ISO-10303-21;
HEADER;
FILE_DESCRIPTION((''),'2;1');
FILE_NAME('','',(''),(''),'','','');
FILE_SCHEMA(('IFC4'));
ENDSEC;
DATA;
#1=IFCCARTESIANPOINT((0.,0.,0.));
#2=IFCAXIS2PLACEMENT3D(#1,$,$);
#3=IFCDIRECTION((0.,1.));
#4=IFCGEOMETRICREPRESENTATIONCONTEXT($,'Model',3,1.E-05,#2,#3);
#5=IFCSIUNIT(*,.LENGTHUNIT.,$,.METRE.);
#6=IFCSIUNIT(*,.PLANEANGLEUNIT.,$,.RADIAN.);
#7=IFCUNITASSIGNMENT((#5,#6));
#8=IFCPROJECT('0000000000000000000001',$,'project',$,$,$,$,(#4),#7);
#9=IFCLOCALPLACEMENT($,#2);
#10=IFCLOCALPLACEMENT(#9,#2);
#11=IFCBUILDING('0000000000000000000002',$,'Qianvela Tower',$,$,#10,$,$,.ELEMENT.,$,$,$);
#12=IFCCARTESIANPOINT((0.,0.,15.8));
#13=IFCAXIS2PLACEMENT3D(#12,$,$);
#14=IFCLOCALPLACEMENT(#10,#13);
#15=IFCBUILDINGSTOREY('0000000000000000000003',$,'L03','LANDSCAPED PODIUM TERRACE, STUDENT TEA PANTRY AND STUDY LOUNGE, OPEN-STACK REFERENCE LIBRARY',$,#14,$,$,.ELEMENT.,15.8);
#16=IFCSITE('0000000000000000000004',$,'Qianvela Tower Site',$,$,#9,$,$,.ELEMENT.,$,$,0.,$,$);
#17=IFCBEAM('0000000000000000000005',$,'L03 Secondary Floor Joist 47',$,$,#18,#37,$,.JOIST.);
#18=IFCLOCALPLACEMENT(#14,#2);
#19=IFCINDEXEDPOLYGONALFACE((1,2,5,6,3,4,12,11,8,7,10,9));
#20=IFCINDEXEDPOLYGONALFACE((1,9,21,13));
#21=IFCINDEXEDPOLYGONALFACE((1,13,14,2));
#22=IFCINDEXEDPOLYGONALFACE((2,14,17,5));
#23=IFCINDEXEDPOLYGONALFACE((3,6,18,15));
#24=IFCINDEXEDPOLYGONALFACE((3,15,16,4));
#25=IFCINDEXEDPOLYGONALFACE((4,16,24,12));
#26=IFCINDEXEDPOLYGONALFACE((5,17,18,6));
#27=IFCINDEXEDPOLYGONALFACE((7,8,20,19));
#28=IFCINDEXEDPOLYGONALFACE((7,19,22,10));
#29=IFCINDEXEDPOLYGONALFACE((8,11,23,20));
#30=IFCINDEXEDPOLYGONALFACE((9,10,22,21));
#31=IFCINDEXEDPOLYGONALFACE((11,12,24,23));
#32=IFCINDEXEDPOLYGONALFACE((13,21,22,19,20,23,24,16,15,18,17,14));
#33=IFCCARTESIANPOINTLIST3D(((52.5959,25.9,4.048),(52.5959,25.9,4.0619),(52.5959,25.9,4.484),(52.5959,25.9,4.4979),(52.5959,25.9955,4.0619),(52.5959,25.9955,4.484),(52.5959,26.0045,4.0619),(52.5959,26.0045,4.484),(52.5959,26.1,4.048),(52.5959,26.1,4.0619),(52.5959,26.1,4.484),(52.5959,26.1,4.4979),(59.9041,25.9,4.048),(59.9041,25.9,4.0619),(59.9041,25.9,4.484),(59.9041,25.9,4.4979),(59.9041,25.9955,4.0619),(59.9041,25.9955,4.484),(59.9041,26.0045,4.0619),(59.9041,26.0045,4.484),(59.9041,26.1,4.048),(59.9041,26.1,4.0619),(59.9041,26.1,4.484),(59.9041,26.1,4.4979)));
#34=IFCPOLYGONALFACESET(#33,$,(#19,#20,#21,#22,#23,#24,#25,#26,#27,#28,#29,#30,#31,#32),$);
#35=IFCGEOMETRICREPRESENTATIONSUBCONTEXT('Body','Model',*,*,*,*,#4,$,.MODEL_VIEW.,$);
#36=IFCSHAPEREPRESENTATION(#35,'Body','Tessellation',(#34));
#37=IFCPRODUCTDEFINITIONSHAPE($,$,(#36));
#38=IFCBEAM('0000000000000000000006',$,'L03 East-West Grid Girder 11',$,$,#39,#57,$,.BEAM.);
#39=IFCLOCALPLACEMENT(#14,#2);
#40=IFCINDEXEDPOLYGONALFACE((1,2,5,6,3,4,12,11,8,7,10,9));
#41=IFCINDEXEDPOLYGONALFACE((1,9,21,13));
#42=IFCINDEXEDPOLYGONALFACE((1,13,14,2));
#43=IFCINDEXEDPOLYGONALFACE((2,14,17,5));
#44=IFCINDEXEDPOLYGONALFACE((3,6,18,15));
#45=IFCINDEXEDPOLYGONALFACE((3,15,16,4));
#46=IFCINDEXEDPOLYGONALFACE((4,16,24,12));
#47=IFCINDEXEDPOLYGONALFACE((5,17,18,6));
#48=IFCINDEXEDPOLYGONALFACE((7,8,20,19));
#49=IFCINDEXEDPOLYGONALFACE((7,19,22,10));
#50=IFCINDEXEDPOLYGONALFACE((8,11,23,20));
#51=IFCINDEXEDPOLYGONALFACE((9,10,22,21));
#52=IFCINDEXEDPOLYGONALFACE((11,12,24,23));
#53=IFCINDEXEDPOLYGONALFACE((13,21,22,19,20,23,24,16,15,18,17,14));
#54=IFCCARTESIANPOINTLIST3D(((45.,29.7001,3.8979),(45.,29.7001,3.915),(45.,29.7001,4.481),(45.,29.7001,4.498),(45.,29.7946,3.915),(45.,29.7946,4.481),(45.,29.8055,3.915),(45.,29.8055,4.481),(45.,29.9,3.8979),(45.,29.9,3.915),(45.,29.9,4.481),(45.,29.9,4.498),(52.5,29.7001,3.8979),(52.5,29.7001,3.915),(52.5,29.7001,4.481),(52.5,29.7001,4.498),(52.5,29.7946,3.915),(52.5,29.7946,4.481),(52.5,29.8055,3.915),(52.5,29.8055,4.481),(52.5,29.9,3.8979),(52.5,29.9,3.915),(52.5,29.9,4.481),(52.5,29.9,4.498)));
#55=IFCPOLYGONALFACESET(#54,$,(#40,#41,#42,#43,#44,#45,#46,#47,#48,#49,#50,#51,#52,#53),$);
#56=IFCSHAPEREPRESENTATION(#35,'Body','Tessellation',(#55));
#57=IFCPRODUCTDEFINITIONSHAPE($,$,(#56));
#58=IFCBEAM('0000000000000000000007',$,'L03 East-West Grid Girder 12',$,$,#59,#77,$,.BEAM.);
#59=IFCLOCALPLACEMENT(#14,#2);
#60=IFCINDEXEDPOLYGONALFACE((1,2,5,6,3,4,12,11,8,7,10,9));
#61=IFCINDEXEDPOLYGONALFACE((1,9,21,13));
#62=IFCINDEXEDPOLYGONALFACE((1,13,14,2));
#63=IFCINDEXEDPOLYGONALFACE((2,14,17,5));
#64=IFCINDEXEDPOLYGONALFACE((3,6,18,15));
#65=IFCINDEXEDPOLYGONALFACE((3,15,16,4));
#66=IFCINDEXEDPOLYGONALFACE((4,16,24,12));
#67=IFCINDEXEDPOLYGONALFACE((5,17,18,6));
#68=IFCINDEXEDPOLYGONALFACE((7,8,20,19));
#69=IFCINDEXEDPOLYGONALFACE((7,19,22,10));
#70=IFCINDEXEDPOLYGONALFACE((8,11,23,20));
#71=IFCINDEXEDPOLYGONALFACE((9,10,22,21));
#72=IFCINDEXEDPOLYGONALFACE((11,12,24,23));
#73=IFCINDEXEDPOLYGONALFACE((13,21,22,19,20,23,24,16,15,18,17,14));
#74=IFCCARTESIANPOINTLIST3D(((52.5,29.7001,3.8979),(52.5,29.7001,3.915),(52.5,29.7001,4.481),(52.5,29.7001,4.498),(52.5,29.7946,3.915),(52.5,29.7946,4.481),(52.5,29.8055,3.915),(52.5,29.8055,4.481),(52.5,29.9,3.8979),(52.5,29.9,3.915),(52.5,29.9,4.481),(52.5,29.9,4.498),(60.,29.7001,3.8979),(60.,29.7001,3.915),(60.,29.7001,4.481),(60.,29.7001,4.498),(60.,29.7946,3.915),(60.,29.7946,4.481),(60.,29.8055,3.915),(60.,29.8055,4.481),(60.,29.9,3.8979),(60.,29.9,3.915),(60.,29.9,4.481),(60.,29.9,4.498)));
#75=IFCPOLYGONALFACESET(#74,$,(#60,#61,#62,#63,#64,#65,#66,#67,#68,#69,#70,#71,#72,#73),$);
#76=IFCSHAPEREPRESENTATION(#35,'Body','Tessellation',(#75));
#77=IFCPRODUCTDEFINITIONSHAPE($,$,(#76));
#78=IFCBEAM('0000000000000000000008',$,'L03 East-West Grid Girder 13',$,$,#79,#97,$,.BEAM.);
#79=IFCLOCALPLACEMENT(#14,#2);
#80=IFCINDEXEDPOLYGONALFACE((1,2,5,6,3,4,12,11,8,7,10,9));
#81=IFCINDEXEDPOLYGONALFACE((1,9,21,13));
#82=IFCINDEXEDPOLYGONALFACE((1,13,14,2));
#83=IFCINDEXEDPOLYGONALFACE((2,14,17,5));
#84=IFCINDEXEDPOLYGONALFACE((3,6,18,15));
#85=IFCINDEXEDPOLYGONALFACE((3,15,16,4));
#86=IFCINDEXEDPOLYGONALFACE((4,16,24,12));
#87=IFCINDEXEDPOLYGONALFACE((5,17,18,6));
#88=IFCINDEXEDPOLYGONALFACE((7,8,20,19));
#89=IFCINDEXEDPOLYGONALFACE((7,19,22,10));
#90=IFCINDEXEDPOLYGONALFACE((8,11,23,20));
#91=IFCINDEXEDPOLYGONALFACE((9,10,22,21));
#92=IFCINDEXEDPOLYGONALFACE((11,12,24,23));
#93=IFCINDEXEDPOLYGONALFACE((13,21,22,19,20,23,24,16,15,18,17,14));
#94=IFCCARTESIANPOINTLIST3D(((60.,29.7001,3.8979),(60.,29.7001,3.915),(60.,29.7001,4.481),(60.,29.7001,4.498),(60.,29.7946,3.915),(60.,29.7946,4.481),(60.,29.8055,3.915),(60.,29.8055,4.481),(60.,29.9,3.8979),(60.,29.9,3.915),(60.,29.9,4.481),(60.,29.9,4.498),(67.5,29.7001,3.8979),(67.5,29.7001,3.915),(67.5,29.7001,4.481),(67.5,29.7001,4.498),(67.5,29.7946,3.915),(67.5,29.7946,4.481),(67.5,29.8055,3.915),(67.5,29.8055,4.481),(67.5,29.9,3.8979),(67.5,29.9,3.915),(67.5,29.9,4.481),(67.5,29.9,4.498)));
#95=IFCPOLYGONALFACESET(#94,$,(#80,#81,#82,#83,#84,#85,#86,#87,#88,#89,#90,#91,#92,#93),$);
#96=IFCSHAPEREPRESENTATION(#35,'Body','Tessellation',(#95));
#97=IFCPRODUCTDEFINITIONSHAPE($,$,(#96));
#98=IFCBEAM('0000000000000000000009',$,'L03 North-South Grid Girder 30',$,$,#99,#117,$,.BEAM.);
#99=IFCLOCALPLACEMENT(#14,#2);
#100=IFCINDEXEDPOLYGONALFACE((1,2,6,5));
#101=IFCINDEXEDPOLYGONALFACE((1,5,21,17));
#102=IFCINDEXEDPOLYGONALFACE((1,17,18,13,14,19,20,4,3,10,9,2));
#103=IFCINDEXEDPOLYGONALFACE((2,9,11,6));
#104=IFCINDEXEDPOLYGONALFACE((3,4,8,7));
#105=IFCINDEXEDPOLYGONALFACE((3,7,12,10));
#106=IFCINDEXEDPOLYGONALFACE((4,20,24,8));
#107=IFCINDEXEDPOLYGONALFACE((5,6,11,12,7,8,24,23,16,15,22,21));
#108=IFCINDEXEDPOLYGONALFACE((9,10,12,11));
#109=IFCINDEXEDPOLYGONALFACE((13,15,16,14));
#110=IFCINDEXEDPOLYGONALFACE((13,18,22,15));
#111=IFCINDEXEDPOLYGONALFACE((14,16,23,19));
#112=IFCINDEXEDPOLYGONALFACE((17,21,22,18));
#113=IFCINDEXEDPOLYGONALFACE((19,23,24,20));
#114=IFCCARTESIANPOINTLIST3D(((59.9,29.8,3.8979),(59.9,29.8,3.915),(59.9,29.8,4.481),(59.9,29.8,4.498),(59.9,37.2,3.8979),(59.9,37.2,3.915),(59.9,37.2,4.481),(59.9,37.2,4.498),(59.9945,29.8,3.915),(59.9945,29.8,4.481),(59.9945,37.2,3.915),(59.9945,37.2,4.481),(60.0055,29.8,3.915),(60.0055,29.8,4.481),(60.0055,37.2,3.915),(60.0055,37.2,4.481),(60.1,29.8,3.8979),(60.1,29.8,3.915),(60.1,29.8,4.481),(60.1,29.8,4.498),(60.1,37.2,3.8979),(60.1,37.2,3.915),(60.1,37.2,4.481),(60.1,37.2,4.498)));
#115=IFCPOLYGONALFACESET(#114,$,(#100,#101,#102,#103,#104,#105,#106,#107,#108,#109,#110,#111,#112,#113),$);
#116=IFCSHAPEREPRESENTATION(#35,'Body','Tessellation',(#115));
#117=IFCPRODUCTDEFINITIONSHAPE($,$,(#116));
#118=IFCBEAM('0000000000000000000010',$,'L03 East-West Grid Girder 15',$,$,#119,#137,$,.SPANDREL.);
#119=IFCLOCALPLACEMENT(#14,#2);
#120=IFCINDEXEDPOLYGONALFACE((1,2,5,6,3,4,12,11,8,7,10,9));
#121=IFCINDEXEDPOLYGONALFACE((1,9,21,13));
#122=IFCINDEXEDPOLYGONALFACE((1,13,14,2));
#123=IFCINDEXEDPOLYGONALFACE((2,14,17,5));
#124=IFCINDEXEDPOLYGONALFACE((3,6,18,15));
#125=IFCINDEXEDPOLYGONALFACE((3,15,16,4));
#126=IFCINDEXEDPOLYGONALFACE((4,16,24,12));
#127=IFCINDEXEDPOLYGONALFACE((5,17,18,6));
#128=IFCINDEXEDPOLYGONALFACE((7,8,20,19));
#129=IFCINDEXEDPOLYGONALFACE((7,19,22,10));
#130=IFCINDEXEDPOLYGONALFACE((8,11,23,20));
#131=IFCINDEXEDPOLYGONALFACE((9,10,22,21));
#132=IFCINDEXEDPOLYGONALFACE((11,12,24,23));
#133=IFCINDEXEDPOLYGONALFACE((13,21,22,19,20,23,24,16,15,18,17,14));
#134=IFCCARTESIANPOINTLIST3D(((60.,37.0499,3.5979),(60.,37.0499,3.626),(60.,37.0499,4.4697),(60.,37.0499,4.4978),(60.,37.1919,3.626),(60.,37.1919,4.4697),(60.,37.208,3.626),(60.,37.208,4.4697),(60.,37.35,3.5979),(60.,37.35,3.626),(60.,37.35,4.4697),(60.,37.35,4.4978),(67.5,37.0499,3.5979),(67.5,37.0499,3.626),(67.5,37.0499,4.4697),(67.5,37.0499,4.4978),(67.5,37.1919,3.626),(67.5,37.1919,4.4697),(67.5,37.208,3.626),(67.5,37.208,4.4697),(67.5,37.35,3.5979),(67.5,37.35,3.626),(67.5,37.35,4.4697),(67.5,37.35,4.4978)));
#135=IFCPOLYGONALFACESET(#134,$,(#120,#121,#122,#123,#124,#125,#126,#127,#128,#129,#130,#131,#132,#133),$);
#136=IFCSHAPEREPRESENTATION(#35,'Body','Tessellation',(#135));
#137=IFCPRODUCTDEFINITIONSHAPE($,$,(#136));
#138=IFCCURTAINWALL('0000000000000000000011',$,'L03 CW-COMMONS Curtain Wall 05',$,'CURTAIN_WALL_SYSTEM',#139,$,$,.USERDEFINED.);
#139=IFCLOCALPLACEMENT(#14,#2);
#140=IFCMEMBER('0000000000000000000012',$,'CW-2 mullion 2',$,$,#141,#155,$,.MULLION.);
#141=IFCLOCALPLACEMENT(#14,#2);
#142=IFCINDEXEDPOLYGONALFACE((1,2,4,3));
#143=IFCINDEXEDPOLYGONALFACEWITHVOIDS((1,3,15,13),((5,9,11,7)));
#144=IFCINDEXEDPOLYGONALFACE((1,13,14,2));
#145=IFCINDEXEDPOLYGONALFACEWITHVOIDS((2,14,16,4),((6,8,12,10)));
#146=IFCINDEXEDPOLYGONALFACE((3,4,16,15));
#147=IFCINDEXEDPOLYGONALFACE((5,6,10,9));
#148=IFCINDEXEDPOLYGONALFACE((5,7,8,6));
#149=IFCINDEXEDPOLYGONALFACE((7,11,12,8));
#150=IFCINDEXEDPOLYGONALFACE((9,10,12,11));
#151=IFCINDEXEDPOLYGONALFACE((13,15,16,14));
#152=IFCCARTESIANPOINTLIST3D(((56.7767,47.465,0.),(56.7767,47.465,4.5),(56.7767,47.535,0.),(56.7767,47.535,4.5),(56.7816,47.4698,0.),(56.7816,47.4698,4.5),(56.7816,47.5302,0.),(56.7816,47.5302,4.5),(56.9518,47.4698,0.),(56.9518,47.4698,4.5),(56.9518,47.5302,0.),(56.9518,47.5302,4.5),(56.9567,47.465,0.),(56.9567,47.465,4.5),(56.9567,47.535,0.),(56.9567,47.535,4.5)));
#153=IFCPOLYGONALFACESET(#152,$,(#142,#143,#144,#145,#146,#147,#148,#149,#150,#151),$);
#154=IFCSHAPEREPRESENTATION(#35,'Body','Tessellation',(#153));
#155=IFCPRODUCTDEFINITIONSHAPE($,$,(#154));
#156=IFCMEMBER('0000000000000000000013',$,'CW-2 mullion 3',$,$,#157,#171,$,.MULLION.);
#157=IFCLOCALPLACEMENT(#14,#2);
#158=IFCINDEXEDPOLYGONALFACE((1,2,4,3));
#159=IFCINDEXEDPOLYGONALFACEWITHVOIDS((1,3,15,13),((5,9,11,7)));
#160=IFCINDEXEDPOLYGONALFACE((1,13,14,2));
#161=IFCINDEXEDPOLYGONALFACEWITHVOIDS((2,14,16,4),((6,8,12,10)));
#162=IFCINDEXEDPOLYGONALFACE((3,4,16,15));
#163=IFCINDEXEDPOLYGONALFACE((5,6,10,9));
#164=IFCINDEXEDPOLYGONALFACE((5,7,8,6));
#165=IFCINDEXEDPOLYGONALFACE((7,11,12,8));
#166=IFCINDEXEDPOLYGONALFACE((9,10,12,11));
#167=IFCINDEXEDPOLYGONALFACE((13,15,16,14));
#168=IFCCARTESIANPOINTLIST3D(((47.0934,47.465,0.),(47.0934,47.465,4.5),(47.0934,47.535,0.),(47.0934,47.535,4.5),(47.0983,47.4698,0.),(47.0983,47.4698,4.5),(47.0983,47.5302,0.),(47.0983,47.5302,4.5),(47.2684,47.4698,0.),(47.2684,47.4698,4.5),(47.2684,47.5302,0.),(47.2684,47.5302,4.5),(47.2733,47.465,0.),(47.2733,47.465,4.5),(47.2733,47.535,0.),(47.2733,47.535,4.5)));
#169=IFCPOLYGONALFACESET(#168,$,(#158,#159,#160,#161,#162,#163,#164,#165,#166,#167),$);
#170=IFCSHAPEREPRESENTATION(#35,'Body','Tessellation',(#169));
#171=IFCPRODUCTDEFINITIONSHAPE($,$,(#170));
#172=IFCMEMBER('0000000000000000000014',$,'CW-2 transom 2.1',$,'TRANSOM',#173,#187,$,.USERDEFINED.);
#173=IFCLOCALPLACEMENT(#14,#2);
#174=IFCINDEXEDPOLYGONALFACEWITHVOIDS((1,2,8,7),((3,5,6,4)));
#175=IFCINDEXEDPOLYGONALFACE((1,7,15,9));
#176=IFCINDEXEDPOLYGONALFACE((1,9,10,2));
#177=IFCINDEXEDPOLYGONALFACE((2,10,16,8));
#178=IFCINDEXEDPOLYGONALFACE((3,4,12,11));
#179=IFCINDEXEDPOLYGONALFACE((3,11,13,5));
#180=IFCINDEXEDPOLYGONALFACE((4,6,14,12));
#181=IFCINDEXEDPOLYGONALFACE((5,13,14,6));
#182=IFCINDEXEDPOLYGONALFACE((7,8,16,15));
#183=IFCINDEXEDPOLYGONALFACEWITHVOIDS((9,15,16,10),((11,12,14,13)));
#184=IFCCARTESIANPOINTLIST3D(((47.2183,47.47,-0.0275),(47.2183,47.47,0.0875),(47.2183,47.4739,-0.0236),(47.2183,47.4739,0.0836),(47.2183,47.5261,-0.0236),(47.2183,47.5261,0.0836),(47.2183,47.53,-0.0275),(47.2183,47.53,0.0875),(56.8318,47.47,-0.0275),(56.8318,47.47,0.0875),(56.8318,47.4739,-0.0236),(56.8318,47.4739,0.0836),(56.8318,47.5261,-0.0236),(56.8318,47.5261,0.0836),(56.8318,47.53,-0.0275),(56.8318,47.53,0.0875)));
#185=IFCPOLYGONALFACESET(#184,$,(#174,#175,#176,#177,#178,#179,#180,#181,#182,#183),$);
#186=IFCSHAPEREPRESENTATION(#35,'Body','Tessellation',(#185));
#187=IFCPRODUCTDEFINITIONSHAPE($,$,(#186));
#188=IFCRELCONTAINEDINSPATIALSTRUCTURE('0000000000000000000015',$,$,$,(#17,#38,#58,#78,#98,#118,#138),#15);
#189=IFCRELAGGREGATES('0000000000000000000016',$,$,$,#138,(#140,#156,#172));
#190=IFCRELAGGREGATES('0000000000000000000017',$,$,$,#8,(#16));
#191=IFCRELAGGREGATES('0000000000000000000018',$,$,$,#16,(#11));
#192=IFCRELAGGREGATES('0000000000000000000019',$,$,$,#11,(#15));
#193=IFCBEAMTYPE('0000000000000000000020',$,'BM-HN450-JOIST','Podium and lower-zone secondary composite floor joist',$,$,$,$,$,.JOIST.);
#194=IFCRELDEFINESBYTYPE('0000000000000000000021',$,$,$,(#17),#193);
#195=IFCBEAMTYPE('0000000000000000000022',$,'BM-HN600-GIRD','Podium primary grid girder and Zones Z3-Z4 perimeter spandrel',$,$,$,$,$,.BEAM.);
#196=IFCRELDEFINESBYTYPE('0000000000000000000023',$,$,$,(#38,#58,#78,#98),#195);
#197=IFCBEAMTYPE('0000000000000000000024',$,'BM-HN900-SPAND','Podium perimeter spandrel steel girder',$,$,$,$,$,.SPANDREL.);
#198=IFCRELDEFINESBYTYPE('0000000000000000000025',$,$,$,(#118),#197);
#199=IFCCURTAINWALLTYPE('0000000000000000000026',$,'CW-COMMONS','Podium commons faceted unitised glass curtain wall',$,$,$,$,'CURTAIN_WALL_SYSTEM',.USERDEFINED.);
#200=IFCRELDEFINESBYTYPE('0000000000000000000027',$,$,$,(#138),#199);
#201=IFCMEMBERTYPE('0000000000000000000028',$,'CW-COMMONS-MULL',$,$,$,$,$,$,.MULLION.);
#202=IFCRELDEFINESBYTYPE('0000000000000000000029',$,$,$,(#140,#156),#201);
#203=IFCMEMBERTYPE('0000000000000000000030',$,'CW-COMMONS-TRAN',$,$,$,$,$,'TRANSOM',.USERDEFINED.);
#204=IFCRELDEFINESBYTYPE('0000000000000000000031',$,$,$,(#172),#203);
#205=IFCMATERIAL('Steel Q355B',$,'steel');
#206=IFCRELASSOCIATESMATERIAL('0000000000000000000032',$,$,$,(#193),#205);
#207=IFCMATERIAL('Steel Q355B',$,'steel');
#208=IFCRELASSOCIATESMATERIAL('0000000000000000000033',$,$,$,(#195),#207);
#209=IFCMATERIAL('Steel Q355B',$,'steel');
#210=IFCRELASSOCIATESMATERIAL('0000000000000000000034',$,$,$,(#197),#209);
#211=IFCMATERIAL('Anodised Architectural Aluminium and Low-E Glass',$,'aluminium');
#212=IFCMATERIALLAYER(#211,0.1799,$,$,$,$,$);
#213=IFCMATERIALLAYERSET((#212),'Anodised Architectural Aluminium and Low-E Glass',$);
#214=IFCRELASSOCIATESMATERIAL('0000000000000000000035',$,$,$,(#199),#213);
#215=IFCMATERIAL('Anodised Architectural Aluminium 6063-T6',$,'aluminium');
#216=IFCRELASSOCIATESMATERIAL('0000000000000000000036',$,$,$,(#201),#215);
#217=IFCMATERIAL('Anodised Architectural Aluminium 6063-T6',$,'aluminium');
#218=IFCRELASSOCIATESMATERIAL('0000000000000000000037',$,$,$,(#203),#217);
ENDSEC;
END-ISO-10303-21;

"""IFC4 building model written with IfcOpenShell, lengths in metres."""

from ifc_helpers import new_model, si_unit, direction, frame, origin, origin_2d, place, context, subcontext, project, spatial, hollow_rectangle, i_section, extrude, material, layer, layer_set, material_profile, profile_set, type_object, element, aggregate, save


model = new_model("IFC4")

# Units and contexts
model_context = context("Model", 3, precision=1e-05, world=origin(), true_north=direction((0.0, 1.0)))
body_context = subcontext(model_context, "Body", "Model", "MODEL_VIEW")
ifc_project = project(units=[si_unit("LENGTHUNIT", "METRE"), si_unit("PLANEANGLEUNIT", "RADIAN")], contexts=[model_context])

# Site, building, storey
site_placement = place(None, origin())
site = spatial("IfcSite", under=ifc_project, at=site_placement, Name="Qianvela Tower Site", CompositionType="ELEMENT", RefElevation=0.0)
building_placement = place(site_placement, origin())
building = spatial("IfcBuilding", under=site, at=building_placement, Name="Qianvela Tower", CompositionType="ELEMENT")
storey_placement = place(building_placement, frame((0.0, 0.0, 15.8)))
storey = spatial("IfcBuildingStorey", under=building, at=storey_placement, Name="L03", Description="LANDSCAPED PODIUM TERRACE, STUDENT TEA PANTRY AND STUDY LOUNGE, OPEN-STACK REFERENCE LIBRARY", CompositionType="ELEMENT", Elevation=15.8)

# Beams
ifc_material_1 = material(Name="Steel Q355B", Category="steel")
ifc_material_profile_1 = material_profile(ifc_material_1, i_section(OverallWidth=0.2, OverallDepth=0.45, WebThickness=0.009, FlangeThickness=0.0139, at=origin_2d()), Name="HN450x200x9x14")
ifc_profile_set_1 = profile_set([ifc_material_profile_1], Name="Steel Q355B")
beam_type_1 = type_object("IfcBeamType", Name="BM-HN450-JOIST", Description="Podium and lower-zone secondary composite floor joist", PredefinedType="JOIST", material=ifc_profile_set_1)
beam_1_placement = place(storey_placement, frame((52.5959, 26.0, 4.2729), z_axis=(1.0, 0.0, 0.0), x_axis=(0.0, 1.0, 0.0)))
element("IfcBeam", 1, at=beam_1_placement, inside=storey, type_object=beam_type_1, Name="L03 Secondary Floor Joist 47", PredefinedType="JOIST", context=body_context, shape_type="SweptSolid", body=[
    extrude(i_section(OverallWidth=0.2, OverallDepth=0.45, WebThickness=0.009, FlangeThickness=0.0139, at=origin_2d()), origin(), (0.0, 0.0, 1.0), 7.3081),
])
ifc_material_2 = material(Name="Steel Q355B", Category="steel")
ifc_material_profile_2 = material_profile(ifc_material_2, i_section(OverallWidth=0.2, OverallDepth=0.6001, WebThickness=0.011, FlangeThickness=0.0171, at=origin_2d()), Name="HN600x200x11x17")
ifc_profile_set_2 = profile_set([ifc_material_profile_2], Name="Steel Q355B")
beam_type_2 = type_object("IfcBeamType", Name="BM-HN600-GIRD", Description="Podium primary grid girder and Zones Z3-Z4 perimeter spandrel", PredefinedType="BEAM", material=ifc_profile_set_2)
for number, where, z_axis, x_axis, name in (
    (2, (45.0, 29.8, 4.198), (1.0, 0.0, 0.0), (0.0, 1.0, 0.0), "L03 East-West Grid Girder 11"),
    (3, (52.5, 29.8, 4.198), (1.0, 0.0, 0.0), (0.0, 1.0, 0.0), "L03 East-West Grid Girder 12"),
    (4, (60.0, 29.8, 4.198), (1.0, 0.0, 0.0), (0.0, 1.0, 0.0), "L03 East-West Grid Girder 13"),
):
    element("IfcBeam", number, at=place(storey_placement, frame(where, z_axis=z_axis, x_axis=x_axis)), inside=storey, type_object=beam_type_2, Name=name, PredefinedType="BEAM", context=body_context, shape_type="SweptSolid", body=[
        extrude(i_section(OverallWidth=0.2, OverallDepth=0.6001, WebThickness=0.011, FlangeThickness=0.0171, at=origin_2d()), origin(), (0.0, 0.0, 1.0), 7.5),
    ])
beam_2_placement = place(storey_placement, frame((60.0, 29.8, 4.198), z_axis=(0.0, 1.0, 0.0), x_axis=(-1.0, 0.0, 0.0)))
element("IfcBeam", 5, at=beam_2_placement, inside=storey, type_object=beam_type_2, Name="L03 North-South Grid Girder 30", PredefinedType="BEAM", context=body_context, shape_type="SweptSolid", body=[
    extrude(i_section(OverallWidth=0.2, OverallDepth=0.6001, WebThickness=0.011, FlangeThickness=0.0171, at=origin_2d()), origin(), (0.0, 0.0, 1.0), 7.3999),
])
ifc_material_3 = material(Name="Steel Q355B", Category="steel")
ifc_material_profile_3 = material_profile(ifc_material_3, i_section(OverallWidth=0.3, OverallDepth=0.8999, WebThickness=0.0161, FlangeThickness=0.0281, at=origin_2d()), Name="HN900x300x16x28")
ifc_profile_set_3 = profile_set([ifc_material_profile_3], Name="Steel Q355B")
beam_type_3 = type_object("IfcBeamType", Name="BM-HN900-SPAND", Description="Podium perimeter spandrel steel girder", PredefinedType="SPANDREL", material=ifc_profile_set_3)
beam_3_placement = place(storey_placement, frame((60.0, 37.2, 4.0479), z_axis=(1.0, 0.0, 0.0), x_axis=(0.0, 1.0, 0.0)))
element("IfcBeam", 6, at=beam_3_placement, inside=storey, type_object=beam_type_3, Name="L03 East-West Grid Girder 15", PredefinedType="SPANDREL", context=body_context, shape_type="SweptSolid", body=[
    extrude(i_section(OverallWidth=0.3, OverallDepth=0.8999, WebThickness=0.0161, FlangeThickness=0.0281, at=origin_2d()), origin(), (0.0, 0.0, 1.0), 7.5),
])

# Curtain wall, members
ifc_material_4 = material(Name="Anodised Architectural Aluminium and Low-E Glass", Category="aluminium")
ifc_layer_1 = layer(ifc_material_4, 0.1799)
ifc_layer_set_1 = layer_set([ifc_layer_1], Name="Anodised Architectural Aluminium and Low-E Glass")
curtain_wall_type = type_object("IfcCurtainWallType", Name="CW-COMMONS", Description="Podium commons faceted unitised glass curtain wall", ElementType="CURTAIN_WALL_SYSTEM", PredefinedType="USERDEFINED", material=ifc_layer_set_1)
curtain_wall_placement = place(storey_placement, origin())
curtain_wall = element("IfcCurtainWall", 7, at=curtain_wall_placement, inside=storey, type_object=curtain_wall_type, Name="L03 CW-COMMONS Curtain Wall 05", ObjectType="CURTAIN_WALL_SYSTEM", PredefinedType="USERDEFINED")
ifc_material_5 = material(Name="Anodised Architectural Aluminium 6063-T6", Category="aluminium")
ifc_material_profile_4 = material_profile(ifc_material_5, hollow_rectangle(XDim=0.0701, YDim=0.1799, WallThickness=0.0049, at=origin_2d()), Name="ALU-MULL-70x180")
ifc_profile_set_4 = profile_set([ifc_material_profile_4], Name="Anodised Architectural Aluminium 6063-T6")
member_type_1 = type_object("IfcMemberType", Name="CW-COMMONS-MULL", PredefinedType="MULLION", material=ifc_profile_set_4)
member_1_placement = place(storey_placement, frame((56.8667, 47.5, 0.0), z_axis=(0.0, 0.0, 1.0), x_axis=(0.0, -1.0, 0.0)))
member_1 = element("IfcMember", 8, at=member_1_placement, type_object=member_type_1, Name="CW-2 mullion 2", PredefinedType="MULLION", context=body_context, shape_type="SweptSolid", body=[
    extrude(hollow_rectangle(XDim=0.0701, YDim=0.1799, WallThickness=0.0049, at=origin_2d()), origin(), (0.0, 0.0, 1.0), 4.5),
])
member_2_placement = place(storey_placement, frame((47.1833, 47.5, 0.0), z_axis=(0.0, 0.0, 1.0), x_axis=(0.0, -1.0, 0.0)))
member_2 = element("IfcMember", 9, at=member_2_placement, type_object=member_type_1, Name="CW-2 mullion 3", PredefinedType="MULLION", context=body_context, shape_type="SweptSolid", body=[
    extrude(hollow_rectangle(XDim=0.0701, YDim=0.1799, WallThickness=0.0049, at=origin_2d()), origin(), (0.0, 0.0, 1.0), 4.5),
])
ifc_material_6 = material(Name="Anodised Architectural Aluminium 6063-T6", Category="aluminium")
ifc_material_profile_5 = material_profile(ifc_material_6, hollow_rectangle(XDim=0.0601, YDim=0.115, WallThickness=0.0039, at=origin_2d()), Name="ALU-TRAN-60x115")
ifc_profile_set_5 = profile_set([ifc_material_profile_5], Name="Anodised Architectural Aluminium 6063-T6")
member_type_2 = type_object("IfcMemberType", Name="CW-COMMONS-TRAN", ElementType="TRANSOM", PredefinedType="USERDEFINED", material=ifc_profile_set_5)
member_3_placement = place(storey_placement, frame((56.8318, 47.5, 0.03), z_axis=(-1.0, 0.0, 0.0), x_axis=(0.0, -1.0, 0.0)))
member_3 = element("IfcMember", 10, at=member_3_placement, type_object=member_type_2, Name="CW-2 transom 2.1", ObjectType="TRANSOM", PredefinedType="USERDEFINED", context=body_context, shape_type="SweptSolid", body=[
    extrude(hollow_rectangle(XDim=0.0601, YDim=0.115, WallThickness=0.0039, at=origin_2d()), origin(), (0.0, 0.0, 1.0), 9.6135),
])
aggregate(curtain_wall, [member_1, member_2, member_3])

save(model, "model.ifc")
